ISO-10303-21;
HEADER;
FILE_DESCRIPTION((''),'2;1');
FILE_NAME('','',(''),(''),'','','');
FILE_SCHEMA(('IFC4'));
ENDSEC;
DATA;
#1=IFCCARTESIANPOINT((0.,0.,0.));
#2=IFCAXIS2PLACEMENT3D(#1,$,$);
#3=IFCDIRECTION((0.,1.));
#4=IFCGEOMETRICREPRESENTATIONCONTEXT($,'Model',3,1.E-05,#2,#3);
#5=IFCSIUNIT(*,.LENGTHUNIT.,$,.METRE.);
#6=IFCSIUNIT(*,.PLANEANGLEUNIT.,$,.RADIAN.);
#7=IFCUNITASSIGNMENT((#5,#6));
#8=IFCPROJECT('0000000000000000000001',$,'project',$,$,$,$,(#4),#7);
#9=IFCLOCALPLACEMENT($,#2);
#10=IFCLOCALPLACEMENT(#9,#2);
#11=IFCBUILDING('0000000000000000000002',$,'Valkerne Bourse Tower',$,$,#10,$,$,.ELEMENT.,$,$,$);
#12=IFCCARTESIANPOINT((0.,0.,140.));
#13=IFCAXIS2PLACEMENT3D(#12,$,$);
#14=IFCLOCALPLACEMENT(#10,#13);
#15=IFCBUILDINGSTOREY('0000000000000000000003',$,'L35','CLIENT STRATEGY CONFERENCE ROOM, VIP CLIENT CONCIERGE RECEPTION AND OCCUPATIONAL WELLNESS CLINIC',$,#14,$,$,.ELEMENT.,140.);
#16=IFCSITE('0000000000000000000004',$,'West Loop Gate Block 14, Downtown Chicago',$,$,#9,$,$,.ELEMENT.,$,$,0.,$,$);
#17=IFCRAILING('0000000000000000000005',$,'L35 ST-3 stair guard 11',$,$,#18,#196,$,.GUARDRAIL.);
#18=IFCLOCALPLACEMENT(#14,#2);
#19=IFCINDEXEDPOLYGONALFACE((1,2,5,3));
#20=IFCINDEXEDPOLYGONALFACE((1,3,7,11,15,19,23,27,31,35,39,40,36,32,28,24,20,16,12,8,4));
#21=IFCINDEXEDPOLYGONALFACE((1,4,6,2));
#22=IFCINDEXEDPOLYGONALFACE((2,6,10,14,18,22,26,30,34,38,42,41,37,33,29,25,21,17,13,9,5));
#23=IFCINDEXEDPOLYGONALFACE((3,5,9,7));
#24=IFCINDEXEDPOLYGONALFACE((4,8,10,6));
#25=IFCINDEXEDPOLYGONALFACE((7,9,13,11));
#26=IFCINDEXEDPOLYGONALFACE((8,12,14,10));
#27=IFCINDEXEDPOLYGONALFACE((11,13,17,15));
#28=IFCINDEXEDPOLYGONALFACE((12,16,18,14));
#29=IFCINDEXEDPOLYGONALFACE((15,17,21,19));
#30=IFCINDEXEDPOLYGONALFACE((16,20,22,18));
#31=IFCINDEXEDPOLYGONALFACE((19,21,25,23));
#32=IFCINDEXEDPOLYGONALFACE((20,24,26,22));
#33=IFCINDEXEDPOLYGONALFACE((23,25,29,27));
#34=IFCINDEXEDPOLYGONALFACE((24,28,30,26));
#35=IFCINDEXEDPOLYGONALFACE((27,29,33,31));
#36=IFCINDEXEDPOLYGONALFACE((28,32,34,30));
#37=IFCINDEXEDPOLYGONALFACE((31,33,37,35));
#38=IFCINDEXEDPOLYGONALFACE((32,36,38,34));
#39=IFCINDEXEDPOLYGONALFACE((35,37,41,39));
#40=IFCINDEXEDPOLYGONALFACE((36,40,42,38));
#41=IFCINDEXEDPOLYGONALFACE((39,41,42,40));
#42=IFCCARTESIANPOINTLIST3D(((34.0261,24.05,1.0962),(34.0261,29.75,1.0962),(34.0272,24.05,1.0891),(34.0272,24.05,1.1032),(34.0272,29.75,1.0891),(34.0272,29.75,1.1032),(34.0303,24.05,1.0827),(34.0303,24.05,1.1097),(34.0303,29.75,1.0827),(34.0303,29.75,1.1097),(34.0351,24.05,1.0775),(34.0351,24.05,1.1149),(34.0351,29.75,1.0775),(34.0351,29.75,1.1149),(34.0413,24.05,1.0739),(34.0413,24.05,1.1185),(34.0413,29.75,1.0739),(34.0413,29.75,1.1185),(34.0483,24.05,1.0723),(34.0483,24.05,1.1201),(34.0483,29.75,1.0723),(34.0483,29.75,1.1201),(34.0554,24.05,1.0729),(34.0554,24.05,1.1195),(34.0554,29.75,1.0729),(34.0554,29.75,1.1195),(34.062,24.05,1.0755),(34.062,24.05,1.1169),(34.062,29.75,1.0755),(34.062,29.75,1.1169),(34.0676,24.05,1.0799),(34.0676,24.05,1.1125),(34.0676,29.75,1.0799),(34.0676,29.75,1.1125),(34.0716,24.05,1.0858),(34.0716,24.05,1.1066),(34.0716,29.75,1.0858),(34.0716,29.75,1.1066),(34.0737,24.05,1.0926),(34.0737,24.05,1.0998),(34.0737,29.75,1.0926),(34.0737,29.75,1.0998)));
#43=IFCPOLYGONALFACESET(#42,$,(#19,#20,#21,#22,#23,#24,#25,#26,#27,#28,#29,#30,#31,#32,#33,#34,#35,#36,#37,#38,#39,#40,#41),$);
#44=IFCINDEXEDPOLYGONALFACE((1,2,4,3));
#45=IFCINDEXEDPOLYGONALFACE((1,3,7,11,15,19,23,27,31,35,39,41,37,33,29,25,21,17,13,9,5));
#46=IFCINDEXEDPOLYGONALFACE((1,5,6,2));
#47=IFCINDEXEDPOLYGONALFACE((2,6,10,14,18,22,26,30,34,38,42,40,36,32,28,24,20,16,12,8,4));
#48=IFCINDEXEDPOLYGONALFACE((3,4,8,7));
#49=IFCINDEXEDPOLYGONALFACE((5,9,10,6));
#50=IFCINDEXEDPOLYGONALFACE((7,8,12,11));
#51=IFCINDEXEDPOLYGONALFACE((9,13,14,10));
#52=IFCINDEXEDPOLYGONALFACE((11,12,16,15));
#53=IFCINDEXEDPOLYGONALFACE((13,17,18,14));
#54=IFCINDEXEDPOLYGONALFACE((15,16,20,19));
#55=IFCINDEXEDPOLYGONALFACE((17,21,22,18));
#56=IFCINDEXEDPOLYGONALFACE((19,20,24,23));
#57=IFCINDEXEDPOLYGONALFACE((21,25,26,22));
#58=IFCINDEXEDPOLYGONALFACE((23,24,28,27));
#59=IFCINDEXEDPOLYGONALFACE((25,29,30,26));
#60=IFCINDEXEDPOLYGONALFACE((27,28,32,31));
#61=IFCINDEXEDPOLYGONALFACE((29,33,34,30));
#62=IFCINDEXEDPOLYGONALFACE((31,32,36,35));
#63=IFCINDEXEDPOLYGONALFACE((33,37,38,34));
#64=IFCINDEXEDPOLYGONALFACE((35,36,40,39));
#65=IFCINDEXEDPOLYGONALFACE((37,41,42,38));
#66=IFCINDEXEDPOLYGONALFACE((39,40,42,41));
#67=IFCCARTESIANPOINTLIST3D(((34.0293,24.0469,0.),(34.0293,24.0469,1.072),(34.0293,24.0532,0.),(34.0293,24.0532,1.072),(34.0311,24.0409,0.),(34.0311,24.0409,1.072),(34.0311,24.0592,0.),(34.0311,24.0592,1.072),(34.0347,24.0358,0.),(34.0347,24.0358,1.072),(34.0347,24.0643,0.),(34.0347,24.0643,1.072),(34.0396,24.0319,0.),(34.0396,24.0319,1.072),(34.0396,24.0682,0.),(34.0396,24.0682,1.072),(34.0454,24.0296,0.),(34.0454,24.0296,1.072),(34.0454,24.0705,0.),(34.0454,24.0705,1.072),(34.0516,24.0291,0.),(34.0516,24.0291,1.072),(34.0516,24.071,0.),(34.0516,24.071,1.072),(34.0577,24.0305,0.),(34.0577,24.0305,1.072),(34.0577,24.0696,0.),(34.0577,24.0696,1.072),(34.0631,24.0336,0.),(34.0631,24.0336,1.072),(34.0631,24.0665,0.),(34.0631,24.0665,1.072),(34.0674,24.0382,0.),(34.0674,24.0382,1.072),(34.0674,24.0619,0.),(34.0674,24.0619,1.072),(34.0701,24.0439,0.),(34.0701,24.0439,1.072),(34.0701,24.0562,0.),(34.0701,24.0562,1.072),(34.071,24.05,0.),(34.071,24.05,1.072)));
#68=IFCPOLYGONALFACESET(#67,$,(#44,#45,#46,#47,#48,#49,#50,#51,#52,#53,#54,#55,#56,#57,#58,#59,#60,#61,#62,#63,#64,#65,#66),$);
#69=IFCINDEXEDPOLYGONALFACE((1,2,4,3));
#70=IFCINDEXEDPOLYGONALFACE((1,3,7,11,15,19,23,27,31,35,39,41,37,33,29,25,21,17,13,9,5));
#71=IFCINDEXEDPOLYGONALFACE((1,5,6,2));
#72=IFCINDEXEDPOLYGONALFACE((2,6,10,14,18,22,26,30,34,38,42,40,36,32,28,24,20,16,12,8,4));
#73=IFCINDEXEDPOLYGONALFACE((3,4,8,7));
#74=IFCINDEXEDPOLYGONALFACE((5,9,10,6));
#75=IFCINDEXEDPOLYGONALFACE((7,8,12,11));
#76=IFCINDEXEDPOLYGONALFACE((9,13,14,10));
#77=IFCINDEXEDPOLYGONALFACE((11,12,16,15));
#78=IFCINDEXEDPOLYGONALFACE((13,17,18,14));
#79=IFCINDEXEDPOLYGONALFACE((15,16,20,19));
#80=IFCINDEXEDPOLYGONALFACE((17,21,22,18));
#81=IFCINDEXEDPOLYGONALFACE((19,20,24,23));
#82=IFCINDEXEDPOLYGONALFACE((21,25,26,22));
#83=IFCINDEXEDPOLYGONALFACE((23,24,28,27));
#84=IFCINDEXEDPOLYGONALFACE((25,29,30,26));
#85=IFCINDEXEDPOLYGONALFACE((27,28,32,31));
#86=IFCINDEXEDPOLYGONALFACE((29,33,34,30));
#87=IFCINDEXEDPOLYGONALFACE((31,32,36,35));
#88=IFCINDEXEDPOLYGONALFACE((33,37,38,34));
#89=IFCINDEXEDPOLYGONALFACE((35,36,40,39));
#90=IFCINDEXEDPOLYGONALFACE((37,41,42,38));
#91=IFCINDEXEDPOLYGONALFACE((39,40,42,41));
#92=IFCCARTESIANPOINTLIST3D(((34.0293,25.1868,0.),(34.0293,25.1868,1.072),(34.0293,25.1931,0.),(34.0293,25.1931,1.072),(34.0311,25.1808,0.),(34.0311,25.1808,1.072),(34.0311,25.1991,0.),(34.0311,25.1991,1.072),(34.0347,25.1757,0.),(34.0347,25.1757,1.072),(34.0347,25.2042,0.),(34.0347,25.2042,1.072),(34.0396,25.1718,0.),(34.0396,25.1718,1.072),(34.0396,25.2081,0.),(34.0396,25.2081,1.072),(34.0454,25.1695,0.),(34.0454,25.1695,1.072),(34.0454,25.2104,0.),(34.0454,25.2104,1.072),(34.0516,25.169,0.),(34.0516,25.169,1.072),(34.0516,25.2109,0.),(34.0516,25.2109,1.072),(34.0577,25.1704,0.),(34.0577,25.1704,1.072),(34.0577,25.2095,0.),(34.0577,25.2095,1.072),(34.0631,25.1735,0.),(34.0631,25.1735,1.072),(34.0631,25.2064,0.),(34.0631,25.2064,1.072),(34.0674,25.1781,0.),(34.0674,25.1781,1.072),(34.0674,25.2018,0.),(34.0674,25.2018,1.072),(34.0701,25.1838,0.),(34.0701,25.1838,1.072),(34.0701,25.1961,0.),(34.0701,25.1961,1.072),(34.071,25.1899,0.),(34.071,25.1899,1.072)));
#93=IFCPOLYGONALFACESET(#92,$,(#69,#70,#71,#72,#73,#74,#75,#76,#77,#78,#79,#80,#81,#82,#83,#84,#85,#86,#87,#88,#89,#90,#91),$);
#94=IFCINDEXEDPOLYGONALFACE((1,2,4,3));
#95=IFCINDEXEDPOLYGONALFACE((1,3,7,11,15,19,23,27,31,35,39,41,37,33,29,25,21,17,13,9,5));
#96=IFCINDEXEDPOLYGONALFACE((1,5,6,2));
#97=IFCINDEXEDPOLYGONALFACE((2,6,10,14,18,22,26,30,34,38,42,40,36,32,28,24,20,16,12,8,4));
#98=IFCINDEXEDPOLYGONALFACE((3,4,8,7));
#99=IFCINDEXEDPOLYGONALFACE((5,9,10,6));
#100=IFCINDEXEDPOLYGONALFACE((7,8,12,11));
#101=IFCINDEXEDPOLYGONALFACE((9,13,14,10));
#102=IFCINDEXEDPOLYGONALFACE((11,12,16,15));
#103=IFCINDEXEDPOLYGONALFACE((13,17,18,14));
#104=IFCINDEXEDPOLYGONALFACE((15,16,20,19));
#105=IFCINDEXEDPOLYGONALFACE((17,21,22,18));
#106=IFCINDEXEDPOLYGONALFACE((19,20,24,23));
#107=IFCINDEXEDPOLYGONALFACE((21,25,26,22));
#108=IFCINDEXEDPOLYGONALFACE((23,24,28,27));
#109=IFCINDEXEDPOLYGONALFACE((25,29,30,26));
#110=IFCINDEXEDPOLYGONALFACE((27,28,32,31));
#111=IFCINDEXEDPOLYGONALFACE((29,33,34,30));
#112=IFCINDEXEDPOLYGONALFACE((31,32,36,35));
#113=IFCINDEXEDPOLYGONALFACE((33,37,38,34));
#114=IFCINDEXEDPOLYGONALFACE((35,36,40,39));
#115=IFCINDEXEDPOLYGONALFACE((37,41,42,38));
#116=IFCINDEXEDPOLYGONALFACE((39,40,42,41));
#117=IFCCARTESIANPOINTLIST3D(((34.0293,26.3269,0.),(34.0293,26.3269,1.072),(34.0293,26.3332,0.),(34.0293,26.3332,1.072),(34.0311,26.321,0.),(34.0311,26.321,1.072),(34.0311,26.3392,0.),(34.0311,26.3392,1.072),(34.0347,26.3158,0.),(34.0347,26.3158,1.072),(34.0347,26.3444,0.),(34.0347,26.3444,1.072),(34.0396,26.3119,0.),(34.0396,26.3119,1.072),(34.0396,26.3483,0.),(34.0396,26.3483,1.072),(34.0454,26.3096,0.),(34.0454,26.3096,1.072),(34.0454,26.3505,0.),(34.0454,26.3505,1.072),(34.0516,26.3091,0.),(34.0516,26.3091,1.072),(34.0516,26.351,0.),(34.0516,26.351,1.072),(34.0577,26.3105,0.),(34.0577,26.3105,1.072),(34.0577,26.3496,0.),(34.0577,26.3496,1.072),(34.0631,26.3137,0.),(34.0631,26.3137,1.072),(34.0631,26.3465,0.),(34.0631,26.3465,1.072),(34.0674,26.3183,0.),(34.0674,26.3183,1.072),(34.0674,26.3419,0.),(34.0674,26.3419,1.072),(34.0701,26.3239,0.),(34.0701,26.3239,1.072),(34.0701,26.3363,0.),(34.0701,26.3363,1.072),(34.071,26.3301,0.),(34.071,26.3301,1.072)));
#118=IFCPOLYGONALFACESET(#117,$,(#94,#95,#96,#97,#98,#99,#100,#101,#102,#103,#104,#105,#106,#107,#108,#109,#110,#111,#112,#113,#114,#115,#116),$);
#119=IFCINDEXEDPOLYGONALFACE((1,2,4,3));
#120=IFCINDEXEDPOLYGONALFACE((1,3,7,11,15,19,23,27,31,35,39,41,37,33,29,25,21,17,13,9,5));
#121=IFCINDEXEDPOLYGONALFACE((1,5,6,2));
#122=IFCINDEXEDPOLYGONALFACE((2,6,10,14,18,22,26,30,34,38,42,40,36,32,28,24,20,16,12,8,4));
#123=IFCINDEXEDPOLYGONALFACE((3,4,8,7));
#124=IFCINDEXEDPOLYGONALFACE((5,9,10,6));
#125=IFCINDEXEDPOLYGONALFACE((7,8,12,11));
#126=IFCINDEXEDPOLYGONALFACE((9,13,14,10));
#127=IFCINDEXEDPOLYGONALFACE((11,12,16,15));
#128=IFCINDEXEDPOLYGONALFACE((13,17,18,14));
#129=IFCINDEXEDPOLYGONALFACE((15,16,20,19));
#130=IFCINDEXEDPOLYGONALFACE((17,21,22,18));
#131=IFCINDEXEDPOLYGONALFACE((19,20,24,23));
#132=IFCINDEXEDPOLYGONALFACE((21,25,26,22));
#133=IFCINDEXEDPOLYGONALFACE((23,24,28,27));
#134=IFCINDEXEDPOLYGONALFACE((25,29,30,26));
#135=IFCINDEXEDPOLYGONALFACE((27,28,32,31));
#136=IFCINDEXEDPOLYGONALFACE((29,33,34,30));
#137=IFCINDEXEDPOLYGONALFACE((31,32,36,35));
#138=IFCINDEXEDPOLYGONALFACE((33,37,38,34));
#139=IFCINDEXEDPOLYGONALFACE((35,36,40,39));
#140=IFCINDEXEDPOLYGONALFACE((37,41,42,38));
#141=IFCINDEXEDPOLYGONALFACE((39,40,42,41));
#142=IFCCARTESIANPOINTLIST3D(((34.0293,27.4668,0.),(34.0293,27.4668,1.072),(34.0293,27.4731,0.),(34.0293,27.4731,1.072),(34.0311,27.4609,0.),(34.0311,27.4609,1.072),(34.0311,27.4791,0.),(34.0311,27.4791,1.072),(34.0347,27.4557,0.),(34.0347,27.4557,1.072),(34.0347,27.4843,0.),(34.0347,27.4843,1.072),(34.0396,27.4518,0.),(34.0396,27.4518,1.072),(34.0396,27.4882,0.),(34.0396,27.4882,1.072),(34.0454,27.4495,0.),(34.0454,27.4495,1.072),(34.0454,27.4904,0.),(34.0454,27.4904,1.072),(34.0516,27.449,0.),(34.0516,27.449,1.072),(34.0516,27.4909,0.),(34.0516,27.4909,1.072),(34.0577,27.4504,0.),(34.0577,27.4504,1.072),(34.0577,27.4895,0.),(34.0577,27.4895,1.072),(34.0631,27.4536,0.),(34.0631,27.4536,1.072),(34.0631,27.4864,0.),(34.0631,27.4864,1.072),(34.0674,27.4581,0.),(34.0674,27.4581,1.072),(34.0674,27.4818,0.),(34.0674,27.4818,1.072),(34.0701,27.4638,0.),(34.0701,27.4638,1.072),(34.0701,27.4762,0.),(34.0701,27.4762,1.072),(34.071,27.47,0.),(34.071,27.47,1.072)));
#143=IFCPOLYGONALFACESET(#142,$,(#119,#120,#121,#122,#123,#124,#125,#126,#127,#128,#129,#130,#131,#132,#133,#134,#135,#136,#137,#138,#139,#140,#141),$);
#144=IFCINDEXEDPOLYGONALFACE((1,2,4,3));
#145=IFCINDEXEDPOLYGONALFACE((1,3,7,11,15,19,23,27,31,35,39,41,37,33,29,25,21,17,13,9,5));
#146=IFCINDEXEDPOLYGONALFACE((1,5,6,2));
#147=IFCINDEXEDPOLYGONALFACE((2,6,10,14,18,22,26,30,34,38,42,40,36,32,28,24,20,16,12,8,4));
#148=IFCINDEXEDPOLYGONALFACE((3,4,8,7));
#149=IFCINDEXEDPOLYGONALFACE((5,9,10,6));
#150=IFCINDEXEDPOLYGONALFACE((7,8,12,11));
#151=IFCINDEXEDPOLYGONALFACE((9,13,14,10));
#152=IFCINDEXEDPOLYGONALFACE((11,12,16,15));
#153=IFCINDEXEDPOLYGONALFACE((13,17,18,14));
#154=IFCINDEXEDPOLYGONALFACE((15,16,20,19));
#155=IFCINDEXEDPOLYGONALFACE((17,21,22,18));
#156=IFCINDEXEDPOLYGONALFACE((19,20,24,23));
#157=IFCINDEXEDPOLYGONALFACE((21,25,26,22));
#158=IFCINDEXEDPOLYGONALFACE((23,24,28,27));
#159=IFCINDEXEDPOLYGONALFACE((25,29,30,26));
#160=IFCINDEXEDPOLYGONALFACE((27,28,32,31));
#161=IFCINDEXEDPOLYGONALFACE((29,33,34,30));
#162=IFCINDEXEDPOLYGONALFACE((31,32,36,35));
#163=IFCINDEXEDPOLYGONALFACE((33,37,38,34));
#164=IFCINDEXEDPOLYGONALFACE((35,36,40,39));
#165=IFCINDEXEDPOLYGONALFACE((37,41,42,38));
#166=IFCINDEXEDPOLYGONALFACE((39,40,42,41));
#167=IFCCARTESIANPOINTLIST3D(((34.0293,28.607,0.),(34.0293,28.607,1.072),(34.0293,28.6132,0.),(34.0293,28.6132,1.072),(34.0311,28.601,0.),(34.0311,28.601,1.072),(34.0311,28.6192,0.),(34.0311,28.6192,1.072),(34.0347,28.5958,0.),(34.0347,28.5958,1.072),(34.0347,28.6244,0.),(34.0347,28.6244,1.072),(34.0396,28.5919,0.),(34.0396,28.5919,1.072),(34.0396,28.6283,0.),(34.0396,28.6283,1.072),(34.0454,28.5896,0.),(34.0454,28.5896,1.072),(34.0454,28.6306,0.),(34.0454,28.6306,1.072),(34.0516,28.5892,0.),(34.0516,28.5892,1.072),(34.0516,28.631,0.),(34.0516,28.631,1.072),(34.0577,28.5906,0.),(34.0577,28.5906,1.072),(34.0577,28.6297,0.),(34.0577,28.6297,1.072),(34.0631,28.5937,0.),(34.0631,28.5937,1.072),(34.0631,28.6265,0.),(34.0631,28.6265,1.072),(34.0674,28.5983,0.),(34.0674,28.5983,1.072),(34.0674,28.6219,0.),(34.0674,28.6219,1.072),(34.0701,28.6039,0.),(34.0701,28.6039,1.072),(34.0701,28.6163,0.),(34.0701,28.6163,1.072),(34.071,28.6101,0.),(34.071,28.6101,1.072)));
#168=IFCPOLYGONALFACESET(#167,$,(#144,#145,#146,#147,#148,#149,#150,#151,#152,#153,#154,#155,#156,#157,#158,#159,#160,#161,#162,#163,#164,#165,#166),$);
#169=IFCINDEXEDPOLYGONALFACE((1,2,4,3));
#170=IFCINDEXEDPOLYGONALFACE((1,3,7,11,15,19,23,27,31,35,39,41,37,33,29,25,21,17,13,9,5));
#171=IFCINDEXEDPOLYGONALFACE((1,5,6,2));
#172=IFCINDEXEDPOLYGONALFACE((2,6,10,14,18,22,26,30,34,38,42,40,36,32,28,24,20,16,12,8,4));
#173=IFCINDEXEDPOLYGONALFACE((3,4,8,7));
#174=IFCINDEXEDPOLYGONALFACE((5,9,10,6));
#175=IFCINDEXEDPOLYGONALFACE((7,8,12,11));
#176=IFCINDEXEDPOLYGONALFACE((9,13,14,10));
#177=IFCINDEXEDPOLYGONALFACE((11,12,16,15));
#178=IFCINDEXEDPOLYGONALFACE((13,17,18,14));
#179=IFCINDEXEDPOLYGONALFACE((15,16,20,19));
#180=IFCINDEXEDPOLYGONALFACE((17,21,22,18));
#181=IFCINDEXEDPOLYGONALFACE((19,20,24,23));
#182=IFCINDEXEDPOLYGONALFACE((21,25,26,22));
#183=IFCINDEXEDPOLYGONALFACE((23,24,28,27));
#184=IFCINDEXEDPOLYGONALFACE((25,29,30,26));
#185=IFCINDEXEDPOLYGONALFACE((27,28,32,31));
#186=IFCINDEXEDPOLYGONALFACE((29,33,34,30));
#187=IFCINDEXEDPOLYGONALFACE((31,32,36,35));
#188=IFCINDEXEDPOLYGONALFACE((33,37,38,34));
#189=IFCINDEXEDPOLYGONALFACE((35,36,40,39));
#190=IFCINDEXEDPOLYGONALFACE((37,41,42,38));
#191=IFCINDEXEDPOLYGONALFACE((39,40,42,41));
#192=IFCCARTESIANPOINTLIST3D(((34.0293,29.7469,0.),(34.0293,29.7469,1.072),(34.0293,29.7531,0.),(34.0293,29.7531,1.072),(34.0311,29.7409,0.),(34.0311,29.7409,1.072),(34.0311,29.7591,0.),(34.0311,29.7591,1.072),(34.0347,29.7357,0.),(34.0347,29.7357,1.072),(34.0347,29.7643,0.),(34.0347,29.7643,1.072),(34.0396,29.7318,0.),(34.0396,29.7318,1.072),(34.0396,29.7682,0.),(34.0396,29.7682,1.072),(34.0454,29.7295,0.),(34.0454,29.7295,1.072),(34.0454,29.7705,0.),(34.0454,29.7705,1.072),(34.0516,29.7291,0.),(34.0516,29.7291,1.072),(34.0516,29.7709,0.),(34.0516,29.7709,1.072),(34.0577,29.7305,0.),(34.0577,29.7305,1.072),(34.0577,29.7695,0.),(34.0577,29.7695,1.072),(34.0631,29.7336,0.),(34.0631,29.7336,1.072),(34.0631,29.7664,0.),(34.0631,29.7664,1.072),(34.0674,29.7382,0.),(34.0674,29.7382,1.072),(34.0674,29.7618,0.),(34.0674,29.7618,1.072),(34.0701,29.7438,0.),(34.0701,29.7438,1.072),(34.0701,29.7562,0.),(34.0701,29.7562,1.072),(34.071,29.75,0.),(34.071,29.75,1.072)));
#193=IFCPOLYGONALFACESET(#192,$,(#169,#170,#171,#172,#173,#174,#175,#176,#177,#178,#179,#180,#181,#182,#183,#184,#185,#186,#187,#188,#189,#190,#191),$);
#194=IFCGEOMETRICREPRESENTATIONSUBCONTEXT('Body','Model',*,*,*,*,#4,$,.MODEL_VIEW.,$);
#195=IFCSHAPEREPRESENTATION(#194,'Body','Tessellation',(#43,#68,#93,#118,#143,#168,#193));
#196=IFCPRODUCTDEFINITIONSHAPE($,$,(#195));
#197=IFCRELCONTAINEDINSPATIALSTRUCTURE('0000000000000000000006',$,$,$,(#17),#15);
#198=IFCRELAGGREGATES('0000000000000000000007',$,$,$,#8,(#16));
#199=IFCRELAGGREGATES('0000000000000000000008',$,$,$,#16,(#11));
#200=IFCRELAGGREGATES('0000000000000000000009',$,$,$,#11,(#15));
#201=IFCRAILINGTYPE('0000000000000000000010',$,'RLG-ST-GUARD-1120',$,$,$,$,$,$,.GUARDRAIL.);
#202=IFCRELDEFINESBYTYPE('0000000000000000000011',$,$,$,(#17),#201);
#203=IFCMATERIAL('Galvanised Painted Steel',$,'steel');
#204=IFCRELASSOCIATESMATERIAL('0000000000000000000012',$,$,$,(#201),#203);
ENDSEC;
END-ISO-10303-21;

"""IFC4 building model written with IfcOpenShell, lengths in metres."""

from ifc_helpers import new_model, si_unit, direction, frame, origin, origin_2d, place, context, subcontext, project, spatial, circle, extrude, material, type_object, element, save


model = new_model("IFC4")

# Units and contexts
model_context = context("Model", 3, precision=1e-05, world=origin(), true_north=direction((0.0, 1.0)))
body_context = subcontext(model_context, "Body", "Model", "MODEL_VIEW")
ifc_project = project(units=[si_unit("LENGTHUNIT", "METRE"), si_unit("PLANEANGLEUNIT", "RADIAN")], contexts=[model_context])

# Site, building, storey
site_placement = place(None, origin())
site = spatial("IfcSite", under=ifc_project, at=site_placement, Name="West Loop Gate Block 14, Downtown Chicago", CompositionType="ELEMENT", RefElevation=0.0)
building_placement = place(site_placement, origin())
building = spatial("IfcBuilding", under=site, at=building_placement, Name="Valkerne Bourse Tower", CompositionType="ELEMENT")
storey_placement = place(building_placement, frame((0.0, 0.0, 140.0)))
storey = spatial("IfcBuildingStorey", under=building, at=storey_placement, Name="L35", Description="CLIENT STRATEGY CONFERENCE ROOM, VIP CLIENT CONCIERGE RECEPTION AND OCCUPATIONAL WELLNESS CLINIC", CompositionType="ELEMENT", Elevation=140.0)

# Shared definitions
ifc_material_1 = material(Name="Galvanised Painted Steel", Category="steel")

# Railing
railing_type = type_object("IfcRailingType", Name="RLG-ST-GUARD-1120", PredefinedType="GUARDRAIL", material=ifc_material_1)
railing_1_placement = place(storey_placement, frame((34.05, 24.05, 0.0)))
element("IfcRailing", 1, at=railing_1_placement, inside=storey, type_object=railing_type, Name="L35 ST-3 stair guard 11", PredefinedType="GUARDRAIL", context=body_context, shape_type="SweptSolid", body=[
    extrude(circle(Radius=0.0239, at=origin_2d()), frame((0.0, 0.0, 1.0962), z_axis=(0.0, 1.0, 0.0), x_axis=(-1.0, 0.0, 0.0)), (0.0, 0.0, 1.0), 5.7),
    extrude(circle(Radius=0.021, at=origin_2d()), origin(), (0.0, 0.0, 1.0), 1.072),
    extrude(circle(Radius=0.021, at=origin_2d()), frame((0.0, 1.1399, 0.0)), (0.0, 0.0, 1.0), 1.072),
    extrude(circle(Radius=0.021, at=origin_2d()), frame((0.0, 2.28, 0.0)), (0.0, 0.0, 1.0), 1.072),
    extrude(circle(Radius=0.021, at=origin_2d()), frame((0.0, 3.4199, 0.0)), (0.0, 0.0, 1.0), 1.072),
    extrude(circle(Radius=0.021, at=origin_2d()), frame((0.0, 4.5601, 0.0)), (0.0, 0.0, 1.0), 1.072),
    extrude(circle(Radius=0.021, at=origin_2d()), frame((0.0, 5.7, 0.0)), (0.0, 0.0, 1.0), 1.072),
])

save(model, "model.ifc")
